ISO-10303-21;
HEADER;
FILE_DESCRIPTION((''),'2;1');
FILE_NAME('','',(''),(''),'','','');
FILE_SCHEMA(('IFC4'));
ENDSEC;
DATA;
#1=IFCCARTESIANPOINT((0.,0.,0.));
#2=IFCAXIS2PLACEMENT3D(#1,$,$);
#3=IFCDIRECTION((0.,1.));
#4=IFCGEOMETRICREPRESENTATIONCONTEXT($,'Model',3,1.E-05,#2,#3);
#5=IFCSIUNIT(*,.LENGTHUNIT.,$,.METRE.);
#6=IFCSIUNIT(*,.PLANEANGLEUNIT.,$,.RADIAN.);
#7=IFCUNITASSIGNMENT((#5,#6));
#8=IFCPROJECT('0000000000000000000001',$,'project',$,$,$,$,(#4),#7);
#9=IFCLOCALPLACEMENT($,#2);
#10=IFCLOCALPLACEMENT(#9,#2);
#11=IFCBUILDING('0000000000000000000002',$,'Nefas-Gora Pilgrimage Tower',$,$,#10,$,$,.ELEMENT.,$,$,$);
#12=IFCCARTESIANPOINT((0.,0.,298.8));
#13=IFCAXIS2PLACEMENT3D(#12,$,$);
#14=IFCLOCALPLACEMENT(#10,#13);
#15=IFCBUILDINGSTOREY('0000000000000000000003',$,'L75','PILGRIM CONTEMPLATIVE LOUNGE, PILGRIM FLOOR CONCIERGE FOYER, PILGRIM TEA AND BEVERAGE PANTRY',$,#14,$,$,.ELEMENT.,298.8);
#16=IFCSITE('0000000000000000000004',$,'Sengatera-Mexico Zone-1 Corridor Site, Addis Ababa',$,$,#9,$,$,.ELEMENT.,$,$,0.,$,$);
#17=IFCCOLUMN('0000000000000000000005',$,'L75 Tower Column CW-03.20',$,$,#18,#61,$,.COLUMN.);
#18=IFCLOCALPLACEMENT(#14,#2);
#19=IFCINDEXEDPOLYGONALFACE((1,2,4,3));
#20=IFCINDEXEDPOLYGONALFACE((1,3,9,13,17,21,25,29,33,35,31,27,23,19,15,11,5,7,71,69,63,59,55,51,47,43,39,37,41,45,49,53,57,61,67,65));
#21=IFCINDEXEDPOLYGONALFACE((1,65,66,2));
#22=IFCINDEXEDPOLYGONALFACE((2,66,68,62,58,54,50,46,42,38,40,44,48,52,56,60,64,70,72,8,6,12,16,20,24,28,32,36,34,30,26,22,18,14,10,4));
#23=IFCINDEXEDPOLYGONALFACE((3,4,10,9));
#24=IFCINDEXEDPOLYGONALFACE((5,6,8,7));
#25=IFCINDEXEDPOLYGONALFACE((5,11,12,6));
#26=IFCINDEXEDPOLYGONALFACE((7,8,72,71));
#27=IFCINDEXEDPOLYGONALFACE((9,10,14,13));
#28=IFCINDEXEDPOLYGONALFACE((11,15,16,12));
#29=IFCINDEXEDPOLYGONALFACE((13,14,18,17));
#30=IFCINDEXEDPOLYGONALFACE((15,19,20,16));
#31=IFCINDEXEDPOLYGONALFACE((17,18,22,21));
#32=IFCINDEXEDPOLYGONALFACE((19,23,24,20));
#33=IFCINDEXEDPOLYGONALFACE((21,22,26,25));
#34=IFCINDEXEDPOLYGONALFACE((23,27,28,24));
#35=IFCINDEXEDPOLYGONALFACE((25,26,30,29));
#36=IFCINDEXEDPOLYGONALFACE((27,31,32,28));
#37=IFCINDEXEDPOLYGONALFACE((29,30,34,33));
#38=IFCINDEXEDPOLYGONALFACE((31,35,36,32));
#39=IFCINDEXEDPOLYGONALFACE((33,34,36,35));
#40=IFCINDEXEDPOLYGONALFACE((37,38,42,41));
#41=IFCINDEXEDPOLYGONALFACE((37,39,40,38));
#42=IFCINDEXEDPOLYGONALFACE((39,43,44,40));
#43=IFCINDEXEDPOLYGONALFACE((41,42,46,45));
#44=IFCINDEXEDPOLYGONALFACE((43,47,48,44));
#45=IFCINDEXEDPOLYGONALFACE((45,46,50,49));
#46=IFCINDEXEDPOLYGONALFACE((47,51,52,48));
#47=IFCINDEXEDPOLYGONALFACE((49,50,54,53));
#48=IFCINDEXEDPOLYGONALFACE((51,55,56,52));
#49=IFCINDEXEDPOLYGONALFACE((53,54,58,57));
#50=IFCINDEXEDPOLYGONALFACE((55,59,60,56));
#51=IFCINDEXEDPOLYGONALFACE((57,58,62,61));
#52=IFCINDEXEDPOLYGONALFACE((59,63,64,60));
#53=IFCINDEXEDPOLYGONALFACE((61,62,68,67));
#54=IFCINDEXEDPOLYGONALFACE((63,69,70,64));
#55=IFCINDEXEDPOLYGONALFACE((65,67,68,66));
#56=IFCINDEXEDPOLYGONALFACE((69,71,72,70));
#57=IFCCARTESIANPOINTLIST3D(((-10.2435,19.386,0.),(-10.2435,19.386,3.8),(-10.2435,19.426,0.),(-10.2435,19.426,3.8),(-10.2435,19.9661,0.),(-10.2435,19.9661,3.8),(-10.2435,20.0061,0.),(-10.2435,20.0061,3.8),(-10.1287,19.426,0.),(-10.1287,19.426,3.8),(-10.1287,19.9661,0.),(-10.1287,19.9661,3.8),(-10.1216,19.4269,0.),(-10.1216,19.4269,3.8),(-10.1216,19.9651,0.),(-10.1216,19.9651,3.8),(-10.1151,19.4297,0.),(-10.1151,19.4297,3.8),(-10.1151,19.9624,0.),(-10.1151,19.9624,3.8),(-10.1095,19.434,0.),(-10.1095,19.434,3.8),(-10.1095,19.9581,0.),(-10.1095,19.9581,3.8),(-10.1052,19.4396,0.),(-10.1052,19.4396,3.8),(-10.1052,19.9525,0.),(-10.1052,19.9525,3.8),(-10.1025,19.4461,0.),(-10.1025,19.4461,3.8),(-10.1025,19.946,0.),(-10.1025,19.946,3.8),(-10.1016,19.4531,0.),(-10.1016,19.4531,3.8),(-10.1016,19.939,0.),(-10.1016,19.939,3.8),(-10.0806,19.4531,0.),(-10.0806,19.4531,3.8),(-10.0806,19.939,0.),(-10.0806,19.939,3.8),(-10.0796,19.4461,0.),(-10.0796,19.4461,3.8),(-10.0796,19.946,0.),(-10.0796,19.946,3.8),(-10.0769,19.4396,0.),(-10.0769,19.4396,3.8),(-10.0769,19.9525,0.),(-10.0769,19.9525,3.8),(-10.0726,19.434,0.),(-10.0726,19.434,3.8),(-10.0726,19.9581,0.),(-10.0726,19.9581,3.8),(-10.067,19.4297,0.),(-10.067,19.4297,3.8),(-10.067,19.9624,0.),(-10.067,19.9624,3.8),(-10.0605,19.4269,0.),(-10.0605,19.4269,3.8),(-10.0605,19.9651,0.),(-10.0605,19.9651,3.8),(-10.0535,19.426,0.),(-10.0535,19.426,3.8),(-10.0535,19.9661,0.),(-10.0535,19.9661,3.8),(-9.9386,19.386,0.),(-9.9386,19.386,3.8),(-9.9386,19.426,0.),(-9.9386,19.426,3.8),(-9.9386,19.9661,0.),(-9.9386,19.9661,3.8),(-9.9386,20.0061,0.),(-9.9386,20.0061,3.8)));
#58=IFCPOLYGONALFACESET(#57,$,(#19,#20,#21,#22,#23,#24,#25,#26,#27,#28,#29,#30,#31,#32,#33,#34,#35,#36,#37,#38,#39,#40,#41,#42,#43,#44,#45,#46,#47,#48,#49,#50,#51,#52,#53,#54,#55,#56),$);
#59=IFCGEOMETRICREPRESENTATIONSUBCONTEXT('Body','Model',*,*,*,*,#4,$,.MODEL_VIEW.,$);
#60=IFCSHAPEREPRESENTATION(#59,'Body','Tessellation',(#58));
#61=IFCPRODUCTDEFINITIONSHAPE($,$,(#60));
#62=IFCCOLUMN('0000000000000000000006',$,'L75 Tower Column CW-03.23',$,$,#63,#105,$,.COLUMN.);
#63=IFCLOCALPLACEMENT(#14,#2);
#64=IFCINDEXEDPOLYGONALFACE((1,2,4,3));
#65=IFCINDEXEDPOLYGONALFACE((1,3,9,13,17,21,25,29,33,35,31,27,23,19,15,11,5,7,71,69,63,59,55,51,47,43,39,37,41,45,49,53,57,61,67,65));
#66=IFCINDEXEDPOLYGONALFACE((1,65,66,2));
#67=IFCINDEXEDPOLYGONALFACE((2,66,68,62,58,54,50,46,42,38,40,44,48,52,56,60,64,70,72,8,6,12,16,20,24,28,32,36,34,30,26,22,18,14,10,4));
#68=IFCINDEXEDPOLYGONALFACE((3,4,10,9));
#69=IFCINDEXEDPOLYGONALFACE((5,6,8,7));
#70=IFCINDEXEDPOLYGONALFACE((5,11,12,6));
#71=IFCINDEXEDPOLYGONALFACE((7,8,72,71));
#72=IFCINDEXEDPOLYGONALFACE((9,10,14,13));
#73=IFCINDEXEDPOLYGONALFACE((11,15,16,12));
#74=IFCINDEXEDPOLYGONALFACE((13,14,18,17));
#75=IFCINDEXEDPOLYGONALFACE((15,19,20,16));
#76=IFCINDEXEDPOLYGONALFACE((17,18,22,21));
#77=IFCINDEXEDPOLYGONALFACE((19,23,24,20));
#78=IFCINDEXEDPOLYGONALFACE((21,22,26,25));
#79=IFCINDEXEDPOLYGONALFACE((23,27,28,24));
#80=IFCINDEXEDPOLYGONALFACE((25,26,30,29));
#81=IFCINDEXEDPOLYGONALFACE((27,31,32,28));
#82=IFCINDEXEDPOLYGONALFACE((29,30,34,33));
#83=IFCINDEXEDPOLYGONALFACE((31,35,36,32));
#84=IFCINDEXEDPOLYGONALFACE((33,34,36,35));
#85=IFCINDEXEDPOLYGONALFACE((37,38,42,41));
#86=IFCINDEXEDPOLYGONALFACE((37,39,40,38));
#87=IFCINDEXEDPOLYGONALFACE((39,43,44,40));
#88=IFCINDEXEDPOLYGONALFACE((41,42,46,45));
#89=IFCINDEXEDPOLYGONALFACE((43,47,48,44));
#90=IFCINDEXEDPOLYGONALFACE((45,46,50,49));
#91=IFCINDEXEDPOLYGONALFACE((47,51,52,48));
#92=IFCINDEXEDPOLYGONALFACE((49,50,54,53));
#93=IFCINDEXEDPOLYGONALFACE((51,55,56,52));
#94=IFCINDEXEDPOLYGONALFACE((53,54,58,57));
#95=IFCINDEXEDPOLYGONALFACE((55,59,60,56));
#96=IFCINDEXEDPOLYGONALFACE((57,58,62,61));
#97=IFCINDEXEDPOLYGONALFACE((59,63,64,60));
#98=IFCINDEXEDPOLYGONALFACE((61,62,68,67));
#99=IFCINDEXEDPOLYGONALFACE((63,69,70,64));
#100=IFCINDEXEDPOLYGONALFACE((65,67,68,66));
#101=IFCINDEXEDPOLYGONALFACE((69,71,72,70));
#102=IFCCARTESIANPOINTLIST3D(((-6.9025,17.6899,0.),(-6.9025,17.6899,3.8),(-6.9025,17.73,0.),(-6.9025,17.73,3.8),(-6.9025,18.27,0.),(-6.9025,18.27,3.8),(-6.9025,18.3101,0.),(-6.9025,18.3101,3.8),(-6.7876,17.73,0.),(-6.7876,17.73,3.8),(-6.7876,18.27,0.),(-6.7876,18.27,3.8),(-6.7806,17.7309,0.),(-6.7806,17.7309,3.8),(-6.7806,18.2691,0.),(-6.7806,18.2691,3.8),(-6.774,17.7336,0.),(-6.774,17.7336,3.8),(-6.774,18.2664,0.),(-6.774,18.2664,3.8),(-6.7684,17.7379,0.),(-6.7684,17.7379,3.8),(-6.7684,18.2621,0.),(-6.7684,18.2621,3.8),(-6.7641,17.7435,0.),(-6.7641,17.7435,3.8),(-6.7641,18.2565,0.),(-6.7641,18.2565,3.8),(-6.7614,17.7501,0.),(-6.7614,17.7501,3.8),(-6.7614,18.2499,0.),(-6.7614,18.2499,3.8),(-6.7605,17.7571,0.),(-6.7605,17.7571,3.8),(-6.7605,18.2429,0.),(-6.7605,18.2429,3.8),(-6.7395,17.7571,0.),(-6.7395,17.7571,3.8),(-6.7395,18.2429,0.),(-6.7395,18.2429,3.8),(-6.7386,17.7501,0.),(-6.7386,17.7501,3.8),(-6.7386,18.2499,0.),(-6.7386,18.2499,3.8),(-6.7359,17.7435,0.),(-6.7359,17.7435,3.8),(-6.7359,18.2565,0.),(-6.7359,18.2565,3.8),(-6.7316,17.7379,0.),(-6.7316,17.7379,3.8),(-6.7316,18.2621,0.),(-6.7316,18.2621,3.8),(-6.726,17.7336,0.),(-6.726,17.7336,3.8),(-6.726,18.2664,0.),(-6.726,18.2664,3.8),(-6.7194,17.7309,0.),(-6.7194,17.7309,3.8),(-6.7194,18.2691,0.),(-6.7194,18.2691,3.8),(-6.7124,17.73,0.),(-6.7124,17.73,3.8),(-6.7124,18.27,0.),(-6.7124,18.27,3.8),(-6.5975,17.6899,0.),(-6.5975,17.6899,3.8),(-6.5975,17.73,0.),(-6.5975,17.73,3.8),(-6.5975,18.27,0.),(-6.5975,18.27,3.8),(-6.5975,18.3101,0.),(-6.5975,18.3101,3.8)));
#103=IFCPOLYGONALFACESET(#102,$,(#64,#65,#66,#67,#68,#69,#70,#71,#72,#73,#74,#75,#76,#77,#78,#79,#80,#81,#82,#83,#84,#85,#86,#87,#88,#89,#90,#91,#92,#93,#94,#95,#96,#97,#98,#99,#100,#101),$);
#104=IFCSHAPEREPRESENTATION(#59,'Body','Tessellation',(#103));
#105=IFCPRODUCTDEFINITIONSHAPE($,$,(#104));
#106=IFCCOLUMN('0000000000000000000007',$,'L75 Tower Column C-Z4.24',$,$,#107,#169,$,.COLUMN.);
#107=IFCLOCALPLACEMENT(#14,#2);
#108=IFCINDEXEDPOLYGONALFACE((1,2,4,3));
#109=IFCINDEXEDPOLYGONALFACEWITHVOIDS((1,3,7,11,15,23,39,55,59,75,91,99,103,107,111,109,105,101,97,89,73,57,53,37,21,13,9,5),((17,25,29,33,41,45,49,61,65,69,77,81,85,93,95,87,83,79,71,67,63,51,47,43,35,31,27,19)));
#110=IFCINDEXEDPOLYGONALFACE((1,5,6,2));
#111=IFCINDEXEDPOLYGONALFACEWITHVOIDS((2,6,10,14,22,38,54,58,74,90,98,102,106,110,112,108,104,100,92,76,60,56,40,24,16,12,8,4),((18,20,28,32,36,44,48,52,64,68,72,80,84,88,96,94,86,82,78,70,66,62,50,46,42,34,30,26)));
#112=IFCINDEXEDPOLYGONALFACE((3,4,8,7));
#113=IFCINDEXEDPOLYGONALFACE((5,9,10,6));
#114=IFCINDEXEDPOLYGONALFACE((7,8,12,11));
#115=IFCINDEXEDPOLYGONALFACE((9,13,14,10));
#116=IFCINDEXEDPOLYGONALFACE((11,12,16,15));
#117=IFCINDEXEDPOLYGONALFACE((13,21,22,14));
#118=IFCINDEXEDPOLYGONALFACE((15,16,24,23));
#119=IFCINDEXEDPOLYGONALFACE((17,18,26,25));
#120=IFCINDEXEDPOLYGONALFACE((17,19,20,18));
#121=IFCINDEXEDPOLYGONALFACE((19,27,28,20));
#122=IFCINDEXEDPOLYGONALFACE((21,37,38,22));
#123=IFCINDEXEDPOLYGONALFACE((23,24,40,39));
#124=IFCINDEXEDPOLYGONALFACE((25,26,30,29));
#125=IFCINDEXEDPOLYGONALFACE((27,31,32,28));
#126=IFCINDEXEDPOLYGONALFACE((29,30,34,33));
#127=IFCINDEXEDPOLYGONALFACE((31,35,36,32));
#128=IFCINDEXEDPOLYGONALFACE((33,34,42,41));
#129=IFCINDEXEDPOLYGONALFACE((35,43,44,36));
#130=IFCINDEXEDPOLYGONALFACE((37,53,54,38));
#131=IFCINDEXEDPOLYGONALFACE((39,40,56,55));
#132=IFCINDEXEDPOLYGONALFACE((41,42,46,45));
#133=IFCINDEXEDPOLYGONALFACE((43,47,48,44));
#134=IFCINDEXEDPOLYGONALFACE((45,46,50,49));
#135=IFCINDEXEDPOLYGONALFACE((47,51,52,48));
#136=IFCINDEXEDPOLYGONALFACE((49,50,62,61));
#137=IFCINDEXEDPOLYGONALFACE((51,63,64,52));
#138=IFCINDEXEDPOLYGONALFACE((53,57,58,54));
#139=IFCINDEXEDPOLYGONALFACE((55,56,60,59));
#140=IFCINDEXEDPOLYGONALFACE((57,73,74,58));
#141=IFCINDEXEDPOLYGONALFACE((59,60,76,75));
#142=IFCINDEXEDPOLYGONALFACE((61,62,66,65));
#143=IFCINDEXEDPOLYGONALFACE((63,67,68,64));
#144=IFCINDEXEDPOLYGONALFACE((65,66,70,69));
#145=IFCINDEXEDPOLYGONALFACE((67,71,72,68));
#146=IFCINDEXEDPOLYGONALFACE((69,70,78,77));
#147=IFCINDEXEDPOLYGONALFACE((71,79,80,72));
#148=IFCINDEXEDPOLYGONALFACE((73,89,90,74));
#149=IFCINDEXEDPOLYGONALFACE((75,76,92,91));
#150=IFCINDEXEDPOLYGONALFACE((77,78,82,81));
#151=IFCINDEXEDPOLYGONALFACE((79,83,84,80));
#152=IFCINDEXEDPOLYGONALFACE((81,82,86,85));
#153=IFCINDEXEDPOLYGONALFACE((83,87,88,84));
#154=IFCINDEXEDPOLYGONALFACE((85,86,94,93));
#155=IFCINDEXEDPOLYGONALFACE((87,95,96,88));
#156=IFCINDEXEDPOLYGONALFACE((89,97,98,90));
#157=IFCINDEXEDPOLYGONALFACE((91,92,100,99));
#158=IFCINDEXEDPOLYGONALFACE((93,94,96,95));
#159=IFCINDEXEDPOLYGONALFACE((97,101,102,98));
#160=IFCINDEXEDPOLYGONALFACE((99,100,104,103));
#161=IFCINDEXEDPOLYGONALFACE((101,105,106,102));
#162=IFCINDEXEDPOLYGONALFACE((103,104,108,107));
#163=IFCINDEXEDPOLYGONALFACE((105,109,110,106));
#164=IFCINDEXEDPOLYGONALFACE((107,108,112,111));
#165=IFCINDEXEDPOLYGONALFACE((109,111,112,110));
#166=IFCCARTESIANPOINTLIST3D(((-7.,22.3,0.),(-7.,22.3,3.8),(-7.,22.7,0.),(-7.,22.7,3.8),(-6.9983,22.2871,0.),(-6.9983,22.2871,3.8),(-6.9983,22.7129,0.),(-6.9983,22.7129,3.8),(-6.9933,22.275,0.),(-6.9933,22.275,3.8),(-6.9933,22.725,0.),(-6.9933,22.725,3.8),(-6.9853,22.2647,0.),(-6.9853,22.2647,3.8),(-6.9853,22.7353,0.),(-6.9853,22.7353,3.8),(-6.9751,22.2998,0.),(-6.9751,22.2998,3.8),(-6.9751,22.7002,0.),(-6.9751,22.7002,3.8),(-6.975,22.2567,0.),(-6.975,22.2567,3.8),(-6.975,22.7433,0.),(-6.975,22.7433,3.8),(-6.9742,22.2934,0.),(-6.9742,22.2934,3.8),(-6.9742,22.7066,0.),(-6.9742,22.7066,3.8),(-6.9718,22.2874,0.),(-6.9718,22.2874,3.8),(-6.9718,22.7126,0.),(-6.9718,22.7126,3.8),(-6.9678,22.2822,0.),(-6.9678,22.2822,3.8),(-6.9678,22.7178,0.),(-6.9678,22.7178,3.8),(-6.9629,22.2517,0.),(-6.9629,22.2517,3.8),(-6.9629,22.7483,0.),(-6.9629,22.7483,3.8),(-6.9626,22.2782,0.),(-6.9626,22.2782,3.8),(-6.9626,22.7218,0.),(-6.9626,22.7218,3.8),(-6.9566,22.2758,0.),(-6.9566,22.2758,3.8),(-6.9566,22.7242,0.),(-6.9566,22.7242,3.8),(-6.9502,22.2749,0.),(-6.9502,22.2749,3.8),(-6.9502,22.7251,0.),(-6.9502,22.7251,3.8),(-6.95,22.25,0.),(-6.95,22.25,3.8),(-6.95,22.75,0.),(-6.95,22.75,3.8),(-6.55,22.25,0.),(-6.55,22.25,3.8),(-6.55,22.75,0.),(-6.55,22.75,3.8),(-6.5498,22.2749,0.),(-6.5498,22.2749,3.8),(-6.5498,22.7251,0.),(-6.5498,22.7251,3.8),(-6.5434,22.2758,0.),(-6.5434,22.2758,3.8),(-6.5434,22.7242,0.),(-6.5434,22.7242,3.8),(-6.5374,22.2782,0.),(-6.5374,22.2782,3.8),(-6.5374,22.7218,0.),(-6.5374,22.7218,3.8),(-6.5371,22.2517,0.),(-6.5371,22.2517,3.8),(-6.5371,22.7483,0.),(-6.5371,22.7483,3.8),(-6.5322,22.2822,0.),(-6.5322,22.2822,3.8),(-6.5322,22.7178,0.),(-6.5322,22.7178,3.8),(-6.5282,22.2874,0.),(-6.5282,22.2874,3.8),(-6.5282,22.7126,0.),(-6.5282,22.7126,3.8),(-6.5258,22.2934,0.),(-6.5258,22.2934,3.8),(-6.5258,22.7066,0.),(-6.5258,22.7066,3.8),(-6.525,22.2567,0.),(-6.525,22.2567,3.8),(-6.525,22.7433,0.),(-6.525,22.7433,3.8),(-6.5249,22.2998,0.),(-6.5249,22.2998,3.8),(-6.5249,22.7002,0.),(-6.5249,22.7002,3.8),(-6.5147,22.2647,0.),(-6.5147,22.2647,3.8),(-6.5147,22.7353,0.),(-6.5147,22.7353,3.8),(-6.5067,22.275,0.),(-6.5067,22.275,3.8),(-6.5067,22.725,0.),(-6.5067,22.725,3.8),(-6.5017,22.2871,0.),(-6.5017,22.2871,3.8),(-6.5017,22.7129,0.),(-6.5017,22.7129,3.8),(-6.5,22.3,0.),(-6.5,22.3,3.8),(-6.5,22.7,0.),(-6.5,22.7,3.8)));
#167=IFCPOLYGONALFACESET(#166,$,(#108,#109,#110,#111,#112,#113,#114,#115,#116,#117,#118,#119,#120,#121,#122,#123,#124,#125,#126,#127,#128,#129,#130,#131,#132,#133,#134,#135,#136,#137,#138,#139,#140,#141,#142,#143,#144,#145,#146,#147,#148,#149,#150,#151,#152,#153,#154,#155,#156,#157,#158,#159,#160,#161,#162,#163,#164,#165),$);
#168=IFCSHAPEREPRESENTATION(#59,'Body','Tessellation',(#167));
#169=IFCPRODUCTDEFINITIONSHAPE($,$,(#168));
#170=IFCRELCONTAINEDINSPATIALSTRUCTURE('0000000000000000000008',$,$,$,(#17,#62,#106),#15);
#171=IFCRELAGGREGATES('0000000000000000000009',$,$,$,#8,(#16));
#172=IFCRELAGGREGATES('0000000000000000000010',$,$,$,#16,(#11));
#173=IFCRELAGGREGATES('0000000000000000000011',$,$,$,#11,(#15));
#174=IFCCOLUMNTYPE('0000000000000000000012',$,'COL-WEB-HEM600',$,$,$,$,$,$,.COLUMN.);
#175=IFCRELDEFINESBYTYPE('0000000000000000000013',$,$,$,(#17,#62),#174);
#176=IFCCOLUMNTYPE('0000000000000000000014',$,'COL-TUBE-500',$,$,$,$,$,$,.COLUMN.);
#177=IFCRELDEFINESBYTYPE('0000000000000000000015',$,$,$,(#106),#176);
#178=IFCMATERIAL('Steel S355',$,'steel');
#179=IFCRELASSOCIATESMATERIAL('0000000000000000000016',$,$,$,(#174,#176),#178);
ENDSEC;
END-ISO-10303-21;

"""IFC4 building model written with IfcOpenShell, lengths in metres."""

from ifc_helpers import new_model, si_unit, direction, frame, origin, origin_2d, place, context, subcontext, project, spatial, hollow_rectangle, i_section, extrude, source, transform, mapped, material, material_profile, profile_set, type_object, element, save


model = new_model("IFC4")

# Units and contexts
model_context = context("Model", 3, precision=1e-05, world=origin(), true_north=direction((0.0, 1.0)))
body_context = subcontext(model_context, "Body", "Model", "MODEL_VIEW")
ifc_project = project(units=[si_unit("LENGTHUNIT", "METRE"), si_unit("PLANEANGLEUNIT", "RADIAN")], contexts=[model_context])

# Site, building, storey
site_placement = place(None, origin())
site = spatial("IfcSite", under=ifc_project, at=site_placement, Name="Sengatera-Mexico Zone-1 Corridor Site, Addis Ababa", CompositionType="ELEMENT", RefElevation=0.0)
building_placement = place(site_placement, origin())
building = spatial("IfcBuilding", under=site, at=building_placement, Name="Nefas-Gora Pilgrimage Tower", CompositionType="ELEMENT")
storey_placement = place(building_placement, frame((0.0, 0.0, 298.8)))
storey = spatial("IfcBuildingStorey", under=building, at=storey_placement, Name="L75", Description="PILGRIM CONTEMPLATIVE LOUNGE, PILGRIM FLOOR CONCIERGE FOYER, PILGRIM TEA AND BEVERAGE PANTRY", CompositionType="ELEMENT", Elevation=298.8)

# Columns
ifc_material_1 = material(Name="Steel S355", Category="steel")
ifc_material_profile_1 = material_profile(ifc_material_1, i_section(OverallWidth=0.3049, OverallDepth=0.6201, WebThickness=0.021, FlangeThickness=0.04, FilletRadius=0.0271, at=origin_2d()), Name="HEM 600")
ifc_profile_set_1 = profile_set([ifc_material_profile_1], Name="Steel S355")
column_type_1 = type_object("IfcColumnType", Name="COL-WEB-HEM600", PredefinedType="COLUMN", material=ifc_profile_set_1)
shared_shape_1 = source(origin(), body_context, "Body", "SweptSolid", [
    extrude(i_section(OverallWidth=0.3049, OverallDepth=0.6201, WebThickness=0.021, FlangeThickness=0.04, FilletRadius=0.0271, at=origin_2d()), origin(), (0.0, 0.0, 1.0), 3.8),
])
for number, where, z_axis, x_axis, name in (
    (1, (-10.0911, 19.696, 0.0), (0.0, 0.0, 1.0), (1.0, 0.0, 0.0), "L75 Tower Column CW-03.20"),
    (2, (-6.75, 18.0, 0.0), (0.0, 0.0, 1.0), (1.0, 0.0, 0.0), "L75 Tower Column CW-03.23"),
):
    element("IfcColumn", number, at=place(storey_placement, frame(where, z_axis=z_axis, x_axis=x_axis)), inside=storey, type_object=column_type_1, Name=name, PredefinedType="COLUMN", context=body_context, shape_type="MappedRepresentation", body=[
        mapped(shared_shape_1, transform((0.0, 0.0, 0.0), x_axis=(1.0, 0.0, 0.0), y_axis=(0.0, 1.0, 0.0), z_axis=(0.0, 0.0, 1.0), scale=1.0)),
    ])
ifc_material_profile_2 = material_profile(ifc_material_1, hollow_rectangle(XDim=0.5, YDim=0.5, WallThickness=0.0249, InnerFilletRadius=0.0249, OuterFilletRadius=0.05, at=origin_2d()), Name="SHS 500x500x25")
ifc_profile_set_2 = profile_set([ifc_material_profile_2], Name="Steel S355")
column_type_2 = type_object("IfcColumnType", Name="COL-TUBE-500", PredefinedType="COLUMN", material=ifc_profile_set_2)
shared_shape_2 = source(origin(), body_context, "Body", "SweptSolid", [
    extrude(hollow_rectangle(XDim=0.5, YDim=0.5, WallThickness=0.0249, InnerFilletRadius=0.0249, OuterFilletRadius=0.05, at=origin_2d()), origin(), (0.0, 0.0, 1.0), 3.8),
])
column_placement = place(storey_placement, frame((-6.75, 22.5, 0.0), z_axis=(0.0, 0.0, 1.0), x_axis=(1.0, 0.0, 0.0)))
element("IfcColumn", 3, at=column_placement, inside=storey, type_object=column_type_2, Name="L75 Tower Column C-Z4.24", PredefinedType="COLUMN", context=body_context, shape_type="MappedRepresentation", body=[
    mapped(shared_shape_2, transform((0.0, 0.0, 0.0), x_axis=(1.0, 0.0, 0.0), y_axis=(0.0, 1.0, 0.0), z_axis=(0.0, 0.0, 1.0), scale=1.0)),
])

save(model, "model.ifc")
